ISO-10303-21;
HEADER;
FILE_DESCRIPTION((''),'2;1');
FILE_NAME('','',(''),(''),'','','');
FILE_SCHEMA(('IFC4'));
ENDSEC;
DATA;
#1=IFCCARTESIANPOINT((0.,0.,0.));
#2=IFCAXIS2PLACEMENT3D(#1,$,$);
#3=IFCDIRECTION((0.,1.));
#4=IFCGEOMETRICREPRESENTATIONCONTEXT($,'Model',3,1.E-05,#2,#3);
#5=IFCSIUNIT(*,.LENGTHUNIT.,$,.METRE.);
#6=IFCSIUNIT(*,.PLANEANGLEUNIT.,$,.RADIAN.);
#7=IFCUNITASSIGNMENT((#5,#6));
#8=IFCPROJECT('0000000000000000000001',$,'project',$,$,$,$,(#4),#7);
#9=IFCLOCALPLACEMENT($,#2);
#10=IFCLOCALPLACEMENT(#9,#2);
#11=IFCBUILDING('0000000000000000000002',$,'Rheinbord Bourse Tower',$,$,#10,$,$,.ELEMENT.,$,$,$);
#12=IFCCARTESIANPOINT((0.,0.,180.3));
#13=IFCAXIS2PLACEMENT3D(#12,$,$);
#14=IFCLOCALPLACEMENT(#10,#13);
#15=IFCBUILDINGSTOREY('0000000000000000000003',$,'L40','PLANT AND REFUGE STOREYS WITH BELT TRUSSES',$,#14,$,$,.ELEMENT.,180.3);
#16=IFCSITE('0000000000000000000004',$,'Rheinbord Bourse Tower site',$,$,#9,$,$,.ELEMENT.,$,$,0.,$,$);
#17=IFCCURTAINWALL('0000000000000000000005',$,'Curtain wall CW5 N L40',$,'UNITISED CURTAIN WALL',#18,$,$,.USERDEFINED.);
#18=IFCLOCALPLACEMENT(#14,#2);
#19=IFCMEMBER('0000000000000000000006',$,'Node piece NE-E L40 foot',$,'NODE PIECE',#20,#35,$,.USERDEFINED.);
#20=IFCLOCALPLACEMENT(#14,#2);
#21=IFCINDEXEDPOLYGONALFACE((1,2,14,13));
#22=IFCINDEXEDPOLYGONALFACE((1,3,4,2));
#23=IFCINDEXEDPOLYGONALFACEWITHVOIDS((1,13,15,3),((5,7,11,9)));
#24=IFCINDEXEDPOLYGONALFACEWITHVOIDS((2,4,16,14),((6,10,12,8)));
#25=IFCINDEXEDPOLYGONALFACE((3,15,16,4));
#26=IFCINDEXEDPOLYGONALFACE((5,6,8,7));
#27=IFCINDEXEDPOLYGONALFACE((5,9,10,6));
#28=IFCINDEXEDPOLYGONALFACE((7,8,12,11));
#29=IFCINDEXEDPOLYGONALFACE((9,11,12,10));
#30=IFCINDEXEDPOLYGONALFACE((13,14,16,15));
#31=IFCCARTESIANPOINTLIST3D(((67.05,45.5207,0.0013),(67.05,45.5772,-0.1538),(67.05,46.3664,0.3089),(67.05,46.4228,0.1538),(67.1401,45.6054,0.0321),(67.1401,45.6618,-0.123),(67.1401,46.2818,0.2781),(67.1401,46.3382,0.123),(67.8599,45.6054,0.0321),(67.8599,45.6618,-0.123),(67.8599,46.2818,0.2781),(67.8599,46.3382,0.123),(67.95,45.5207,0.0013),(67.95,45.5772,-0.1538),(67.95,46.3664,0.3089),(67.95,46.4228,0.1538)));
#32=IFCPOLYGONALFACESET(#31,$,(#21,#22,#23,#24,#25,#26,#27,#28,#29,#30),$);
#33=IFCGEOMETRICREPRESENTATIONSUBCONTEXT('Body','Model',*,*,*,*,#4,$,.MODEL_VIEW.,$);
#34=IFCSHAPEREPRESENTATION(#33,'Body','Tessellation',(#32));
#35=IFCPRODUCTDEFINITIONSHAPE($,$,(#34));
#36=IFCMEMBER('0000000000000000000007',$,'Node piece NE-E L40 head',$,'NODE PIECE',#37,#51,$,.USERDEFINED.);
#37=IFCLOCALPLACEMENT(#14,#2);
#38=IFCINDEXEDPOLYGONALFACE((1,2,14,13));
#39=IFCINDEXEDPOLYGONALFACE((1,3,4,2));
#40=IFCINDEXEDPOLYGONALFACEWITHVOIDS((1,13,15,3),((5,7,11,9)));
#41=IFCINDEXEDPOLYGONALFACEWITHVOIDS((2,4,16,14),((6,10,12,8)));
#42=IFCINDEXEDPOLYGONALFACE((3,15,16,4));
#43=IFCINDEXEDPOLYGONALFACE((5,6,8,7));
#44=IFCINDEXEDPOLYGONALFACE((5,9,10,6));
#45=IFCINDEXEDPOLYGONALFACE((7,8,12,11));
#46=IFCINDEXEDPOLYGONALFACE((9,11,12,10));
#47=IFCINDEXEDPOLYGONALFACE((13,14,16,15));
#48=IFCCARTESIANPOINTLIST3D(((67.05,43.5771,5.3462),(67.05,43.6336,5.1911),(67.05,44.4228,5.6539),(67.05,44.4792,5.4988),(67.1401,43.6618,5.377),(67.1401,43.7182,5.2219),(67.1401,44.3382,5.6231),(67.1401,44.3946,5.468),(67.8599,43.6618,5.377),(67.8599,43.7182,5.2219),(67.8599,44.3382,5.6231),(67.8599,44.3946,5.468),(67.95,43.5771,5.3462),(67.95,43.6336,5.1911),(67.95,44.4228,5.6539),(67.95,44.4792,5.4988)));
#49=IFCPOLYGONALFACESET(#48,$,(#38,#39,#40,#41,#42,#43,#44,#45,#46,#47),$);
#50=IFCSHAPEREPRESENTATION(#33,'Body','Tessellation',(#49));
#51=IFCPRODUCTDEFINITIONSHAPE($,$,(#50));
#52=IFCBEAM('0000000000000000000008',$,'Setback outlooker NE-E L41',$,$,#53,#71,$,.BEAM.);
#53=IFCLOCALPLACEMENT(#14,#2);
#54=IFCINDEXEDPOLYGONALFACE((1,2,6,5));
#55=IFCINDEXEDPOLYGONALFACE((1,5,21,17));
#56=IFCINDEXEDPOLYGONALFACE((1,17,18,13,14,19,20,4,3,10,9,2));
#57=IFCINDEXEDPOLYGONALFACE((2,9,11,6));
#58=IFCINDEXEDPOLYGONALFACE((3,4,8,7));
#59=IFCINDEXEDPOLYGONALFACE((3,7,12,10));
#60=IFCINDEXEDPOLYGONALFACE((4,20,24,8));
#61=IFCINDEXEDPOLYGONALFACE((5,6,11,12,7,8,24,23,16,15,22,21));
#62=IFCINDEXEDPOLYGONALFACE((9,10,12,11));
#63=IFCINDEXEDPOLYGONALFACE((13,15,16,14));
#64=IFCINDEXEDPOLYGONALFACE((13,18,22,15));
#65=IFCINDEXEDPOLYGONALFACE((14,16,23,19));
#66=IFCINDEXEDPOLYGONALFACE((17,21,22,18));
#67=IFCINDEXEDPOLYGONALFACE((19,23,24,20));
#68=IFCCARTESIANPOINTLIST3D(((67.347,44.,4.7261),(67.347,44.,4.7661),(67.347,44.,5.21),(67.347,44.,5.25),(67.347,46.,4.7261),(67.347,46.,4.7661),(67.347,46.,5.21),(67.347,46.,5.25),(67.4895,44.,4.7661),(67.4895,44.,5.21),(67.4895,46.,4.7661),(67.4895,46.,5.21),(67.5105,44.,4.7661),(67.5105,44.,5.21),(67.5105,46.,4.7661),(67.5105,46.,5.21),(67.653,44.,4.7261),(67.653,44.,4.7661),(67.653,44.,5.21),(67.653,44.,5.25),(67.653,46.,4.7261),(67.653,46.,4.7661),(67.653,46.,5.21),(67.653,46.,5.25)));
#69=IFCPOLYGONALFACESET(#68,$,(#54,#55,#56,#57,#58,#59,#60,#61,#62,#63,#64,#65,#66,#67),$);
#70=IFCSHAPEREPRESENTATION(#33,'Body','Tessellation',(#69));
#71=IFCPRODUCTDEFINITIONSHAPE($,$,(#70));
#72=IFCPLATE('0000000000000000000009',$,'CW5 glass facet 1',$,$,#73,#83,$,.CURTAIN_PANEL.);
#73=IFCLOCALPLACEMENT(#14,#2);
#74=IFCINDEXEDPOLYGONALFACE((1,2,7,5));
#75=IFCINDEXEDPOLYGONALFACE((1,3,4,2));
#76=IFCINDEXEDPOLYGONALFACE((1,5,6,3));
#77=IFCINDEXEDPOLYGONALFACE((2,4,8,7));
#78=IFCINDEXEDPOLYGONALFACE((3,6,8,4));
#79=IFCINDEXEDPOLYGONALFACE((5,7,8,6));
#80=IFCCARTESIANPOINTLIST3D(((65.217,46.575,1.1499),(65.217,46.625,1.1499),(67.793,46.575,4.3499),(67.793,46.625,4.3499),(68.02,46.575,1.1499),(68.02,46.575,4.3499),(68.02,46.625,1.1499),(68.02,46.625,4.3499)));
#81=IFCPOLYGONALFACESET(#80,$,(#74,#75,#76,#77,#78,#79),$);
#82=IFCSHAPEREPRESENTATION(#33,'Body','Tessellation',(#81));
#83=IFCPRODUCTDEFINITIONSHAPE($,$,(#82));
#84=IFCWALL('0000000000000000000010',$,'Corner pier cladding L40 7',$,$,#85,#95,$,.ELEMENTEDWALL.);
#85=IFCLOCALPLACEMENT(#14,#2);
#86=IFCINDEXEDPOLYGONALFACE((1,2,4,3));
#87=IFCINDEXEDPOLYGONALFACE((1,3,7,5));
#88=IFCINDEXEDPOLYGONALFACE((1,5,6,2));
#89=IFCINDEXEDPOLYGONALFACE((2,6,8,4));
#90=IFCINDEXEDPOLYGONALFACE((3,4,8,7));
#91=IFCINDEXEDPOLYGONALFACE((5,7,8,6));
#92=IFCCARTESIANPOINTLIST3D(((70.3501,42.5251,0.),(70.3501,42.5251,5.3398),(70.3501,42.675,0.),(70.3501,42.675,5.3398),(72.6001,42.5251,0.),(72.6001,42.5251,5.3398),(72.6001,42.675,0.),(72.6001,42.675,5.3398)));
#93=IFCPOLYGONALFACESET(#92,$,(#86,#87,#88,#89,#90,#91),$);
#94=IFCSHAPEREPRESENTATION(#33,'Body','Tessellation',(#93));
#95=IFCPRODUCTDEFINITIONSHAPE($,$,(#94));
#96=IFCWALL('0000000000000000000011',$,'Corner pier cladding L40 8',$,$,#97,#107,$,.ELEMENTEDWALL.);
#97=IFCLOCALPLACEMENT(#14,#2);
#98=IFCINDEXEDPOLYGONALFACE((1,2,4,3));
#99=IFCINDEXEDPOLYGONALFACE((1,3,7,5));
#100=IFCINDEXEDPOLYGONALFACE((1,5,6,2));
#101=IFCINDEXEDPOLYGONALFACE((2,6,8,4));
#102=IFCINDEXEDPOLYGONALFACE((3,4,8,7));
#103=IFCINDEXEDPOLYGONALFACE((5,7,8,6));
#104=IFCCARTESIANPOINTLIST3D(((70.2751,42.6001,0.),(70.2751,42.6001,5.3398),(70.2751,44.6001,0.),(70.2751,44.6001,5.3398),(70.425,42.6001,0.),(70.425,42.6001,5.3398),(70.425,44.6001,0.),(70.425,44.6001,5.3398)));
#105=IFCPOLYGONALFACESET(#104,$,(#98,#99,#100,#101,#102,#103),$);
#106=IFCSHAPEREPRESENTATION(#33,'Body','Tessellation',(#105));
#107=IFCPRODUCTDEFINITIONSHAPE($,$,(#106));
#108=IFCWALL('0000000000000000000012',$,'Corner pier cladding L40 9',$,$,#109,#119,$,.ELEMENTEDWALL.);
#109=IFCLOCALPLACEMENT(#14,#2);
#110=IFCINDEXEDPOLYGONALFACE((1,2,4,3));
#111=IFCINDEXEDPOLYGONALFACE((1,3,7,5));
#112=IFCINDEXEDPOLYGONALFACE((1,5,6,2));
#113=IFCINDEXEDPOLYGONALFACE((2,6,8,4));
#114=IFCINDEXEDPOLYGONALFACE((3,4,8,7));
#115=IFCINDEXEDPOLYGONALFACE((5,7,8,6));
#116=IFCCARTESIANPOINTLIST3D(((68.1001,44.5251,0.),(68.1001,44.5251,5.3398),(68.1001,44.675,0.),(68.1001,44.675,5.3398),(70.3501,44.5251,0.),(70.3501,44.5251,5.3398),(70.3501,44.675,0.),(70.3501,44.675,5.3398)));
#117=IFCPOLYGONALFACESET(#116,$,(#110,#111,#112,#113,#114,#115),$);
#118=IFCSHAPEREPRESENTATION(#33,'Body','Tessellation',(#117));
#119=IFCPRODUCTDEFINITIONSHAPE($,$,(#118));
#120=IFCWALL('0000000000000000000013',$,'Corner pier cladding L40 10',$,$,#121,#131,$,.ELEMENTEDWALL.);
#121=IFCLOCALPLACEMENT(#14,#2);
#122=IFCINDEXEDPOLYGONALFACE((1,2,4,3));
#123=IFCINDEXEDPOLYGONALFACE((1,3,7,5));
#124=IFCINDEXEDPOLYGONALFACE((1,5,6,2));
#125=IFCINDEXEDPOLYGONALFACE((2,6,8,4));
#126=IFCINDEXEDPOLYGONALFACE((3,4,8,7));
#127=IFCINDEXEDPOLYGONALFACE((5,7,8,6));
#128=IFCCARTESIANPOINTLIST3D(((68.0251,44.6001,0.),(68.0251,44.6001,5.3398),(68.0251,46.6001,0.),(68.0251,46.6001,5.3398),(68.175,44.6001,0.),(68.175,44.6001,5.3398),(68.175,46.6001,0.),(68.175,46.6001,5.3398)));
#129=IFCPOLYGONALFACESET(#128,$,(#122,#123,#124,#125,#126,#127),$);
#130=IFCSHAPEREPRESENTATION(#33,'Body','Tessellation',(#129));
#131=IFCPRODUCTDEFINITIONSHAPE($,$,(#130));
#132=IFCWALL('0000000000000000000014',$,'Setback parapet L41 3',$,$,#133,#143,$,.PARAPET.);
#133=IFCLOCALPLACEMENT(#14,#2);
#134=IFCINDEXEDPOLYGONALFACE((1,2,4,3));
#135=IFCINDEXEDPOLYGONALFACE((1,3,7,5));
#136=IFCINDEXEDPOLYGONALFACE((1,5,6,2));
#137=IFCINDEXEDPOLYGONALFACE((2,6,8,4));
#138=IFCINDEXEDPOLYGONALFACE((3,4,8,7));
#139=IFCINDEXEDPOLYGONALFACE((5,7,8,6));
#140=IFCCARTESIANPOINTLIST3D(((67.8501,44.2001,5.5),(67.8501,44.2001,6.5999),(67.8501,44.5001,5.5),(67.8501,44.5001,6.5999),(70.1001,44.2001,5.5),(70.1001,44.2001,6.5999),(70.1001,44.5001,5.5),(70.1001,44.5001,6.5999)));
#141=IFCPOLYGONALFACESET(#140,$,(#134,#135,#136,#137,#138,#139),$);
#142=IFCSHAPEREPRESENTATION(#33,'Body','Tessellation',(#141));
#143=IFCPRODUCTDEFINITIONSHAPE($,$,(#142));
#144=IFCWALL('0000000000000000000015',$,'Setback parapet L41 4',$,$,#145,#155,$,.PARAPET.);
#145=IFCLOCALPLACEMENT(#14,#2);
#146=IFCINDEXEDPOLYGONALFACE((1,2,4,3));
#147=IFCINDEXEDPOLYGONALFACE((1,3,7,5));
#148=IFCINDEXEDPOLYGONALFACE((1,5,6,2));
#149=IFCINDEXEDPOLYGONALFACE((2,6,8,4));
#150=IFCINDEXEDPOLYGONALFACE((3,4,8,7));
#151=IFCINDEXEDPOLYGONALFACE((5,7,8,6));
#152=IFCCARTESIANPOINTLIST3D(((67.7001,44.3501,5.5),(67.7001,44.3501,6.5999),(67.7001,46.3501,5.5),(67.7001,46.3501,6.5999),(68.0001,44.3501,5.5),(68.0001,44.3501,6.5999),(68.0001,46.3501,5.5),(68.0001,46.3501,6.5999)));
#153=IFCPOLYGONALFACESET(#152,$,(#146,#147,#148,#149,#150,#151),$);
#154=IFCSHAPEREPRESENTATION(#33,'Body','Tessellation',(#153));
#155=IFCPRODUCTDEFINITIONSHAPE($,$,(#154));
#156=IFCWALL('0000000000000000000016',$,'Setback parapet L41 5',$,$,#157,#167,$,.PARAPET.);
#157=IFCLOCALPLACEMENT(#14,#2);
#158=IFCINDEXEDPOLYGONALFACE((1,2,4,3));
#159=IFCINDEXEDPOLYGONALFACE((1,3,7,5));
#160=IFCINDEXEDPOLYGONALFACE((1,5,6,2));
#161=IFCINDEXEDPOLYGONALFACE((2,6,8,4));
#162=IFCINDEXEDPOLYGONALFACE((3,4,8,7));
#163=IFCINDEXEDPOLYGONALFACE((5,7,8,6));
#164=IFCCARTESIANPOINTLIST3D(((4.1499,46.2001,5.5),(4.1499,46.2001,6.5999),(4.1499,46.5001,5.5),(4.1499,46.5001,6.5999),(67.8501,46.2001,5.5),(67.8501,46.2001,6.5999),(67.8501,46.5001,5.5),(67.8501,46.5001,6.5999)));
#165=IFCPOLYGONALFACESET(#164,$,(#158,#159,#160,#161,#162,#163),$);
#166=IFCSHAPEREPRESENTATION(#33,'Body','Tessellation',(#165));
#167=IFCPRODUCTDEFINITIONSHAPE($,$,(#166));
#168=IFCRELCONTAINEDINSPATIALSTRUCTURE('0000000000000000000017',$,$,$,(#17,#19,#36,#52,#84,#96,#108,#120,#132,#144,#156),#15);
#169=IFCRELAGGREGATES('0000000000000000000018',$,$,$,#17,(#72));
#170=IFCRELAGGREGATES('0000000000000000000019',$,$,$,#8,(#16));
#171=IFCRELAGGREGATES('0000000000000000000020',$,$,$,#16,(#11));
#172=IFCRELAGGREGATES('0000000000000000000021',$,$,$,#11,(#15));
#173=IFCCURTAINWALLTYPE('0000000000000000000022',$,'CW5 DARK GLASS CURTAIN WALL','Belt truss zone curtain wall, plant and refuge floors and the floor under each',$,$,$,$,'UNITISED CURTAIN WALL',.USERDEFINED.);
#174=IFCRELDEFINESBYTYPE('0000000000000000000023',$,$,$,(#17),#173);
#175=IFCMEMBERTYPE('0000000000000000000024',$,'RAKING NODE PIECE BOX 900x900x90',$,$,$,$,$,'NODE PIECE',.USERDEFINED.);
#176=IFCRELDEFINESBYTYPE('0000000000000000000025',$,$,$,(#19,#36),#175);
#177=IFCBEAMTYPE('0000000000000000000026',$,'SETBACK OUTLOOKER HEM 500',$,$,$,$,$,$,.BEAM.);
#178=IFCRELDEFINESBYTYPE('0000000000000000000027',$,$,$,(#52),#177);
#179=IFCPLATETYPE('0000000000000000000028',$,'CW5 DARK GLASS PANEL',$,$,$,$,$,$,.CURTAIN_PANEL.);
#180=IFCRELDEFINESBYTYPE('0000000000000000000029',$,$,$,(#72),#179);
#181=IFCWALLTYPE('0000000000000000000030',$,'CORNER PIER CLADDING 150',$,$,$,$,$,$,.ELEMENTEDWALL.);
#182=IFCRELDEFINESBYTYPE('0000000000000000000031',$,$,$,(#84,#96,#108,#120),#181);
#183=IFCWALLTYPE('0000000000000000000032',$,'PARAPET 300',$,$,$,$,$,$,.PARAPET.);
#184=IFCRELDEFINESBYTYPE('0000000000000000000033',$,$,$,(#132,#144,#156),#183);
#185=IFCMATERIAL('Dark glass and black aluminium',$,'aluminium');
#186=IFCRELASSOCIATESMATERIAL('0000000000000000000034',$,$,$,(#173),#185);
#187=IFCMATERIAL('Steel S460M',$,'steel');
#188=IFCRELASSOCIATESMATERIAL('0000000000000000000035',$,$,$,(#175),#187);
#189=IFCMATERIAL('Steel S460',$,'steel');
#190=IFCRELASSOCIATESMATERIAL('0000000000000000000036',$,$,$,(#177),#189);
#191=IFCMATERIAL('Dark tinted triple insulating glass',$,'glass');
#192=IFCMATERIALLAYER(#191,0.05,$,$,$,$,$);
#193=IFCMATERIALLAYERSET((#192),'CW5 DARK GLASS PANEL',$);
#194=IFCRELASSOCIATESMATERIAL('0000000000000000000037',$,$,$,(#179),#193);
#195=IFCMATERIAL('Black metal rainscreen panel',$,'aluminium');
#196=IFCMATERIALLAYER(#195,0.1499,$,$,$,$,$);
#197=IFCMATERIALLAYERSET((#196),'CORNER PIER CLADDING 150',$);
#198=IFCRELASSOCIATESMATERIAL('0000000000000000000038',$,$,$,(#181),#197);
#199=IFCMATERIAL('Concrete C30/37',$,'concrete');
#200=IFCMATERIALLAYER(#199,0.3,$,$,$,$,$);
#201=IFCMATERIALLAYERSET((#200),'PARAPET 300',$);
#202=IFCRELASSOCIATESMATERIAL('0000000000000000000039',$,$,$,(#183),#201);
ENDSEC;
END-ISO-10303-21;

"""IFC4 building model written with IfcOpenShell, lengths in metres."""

from ifc_helpers import new_model, si_unit, direction, frame, frame_2d, origin, origin_2d, place, context, subcontext, project, spatial, polyline, rectangle, hollow_rectangle, i_section, outline, extrude, material, layer, layer_set, material_profile, profile_set, type_object, element, aggregate, save


model = new_model("IFC4")

# Units and contexts
model_context = context("Model", 3, precision=1e-05, world=origin(), true_north=direction((0.0, 1.0)))
body_context = subcontext(model_context, "Body", "Model", "MODEL_VIEW")
ifc_project = project(units=[si_unit("LENGTHUNIT", "METRE"), si_unit("PLANEANGLEUNIT", "RADIAN")], contexts=[model_context])

# Site, building, storey
site_placement = place(None, origin())
site = spatial("IfcSite", under=ifc_project, at=site_placement, Name="Rheinbord Bourse Tower site", CompositionType="ELEMENT", RefElevation=0.0)
building_placement = place(site_placement, origin())
building = spatial("IfcBuilding", under=site, at=building_placement, Name="Rheinbord Bourse Tower", CompositionType="ELEMENT")
storey_placement = place(building_placement, frame((0.0, 0.0, 180.3)))
storey = spatial("IfcBuildingStorey", under=building, at=storey_placement, Name="L40", Description="PLANT AND REFUGE STOREYS WITH BELT TRUSSES", CompositionType="ELEMENT", Elevation=180.3)

# Shared definitions
ifc_material_1 = material(Name="Dark glass and black aluminium", Category="aluminium")
curtain_wall_type = type_object("IfcCurtainWallType", Name="CW5 DARK GLASS CURTAIN WALL", Description="Belt truss zone curtain wall, plant and refuge floors and the floor under each", ElementType="UNITISED CURTAIN WALL", PredefinedType="USERDEFINED", material=ifc_material_1)

# Curtain wall
curtain_wall_1_placement = place(storey_placement, origin())
curtain_wall_1 = element("IfcCurtainWall", 1, at=curtain_wall_1_placement, inside=storey, type_object=curtain_wall_type, Name="Curtain wall CW5 N L40", ObjectType="UNITISED CURTAIN WALL", PredefinedType="USERDEFINED")

# Members
ifc_material_2 = material(Name="Steel S460M", Category="steel")
ifc_material_profile_1 = material_profile(ifc_material_2, hollow_rectangle(XDim=0.8999, YDim=0.8999, WallThickness=0.0901, at=origin_2d()), Name="BOX 900x900x90")
ifc_profile_set_1 = profile_set([ifc_material_profile_1], Name="Steel S460M")
member_type_1 = type_object("IfcMemberType", Name="RAKING NODE PIECE BOX 900x900x90", ElementType="NODE PIECE", PredefinedType="USERDEFINED", material=ifc_profile_set_1)
for number, where, z_axis, x_axis, name in (
    (2, (67.5, 46.0, 0.0), (0.0, -0.341862, 0.93975), (0.0, 0.93975, 0.341862), "Node piece NE-E L40 foot"),
    (3, (67.5, 44.0564, 5.345), (0.0, -0.341862, 0.93975), (0.0, 0.93975, 0.341862), "Node piece NE-E L40 head"),
):
    element("IfcMember", number, at=place(storey_placement, frame(where, z_axis=z_axis, x_axis=x_axis)), inside=storey, type_object=member_type_1, Name=name, ObjectType="NODE PIECE", PredefinedType="USERDEFINED", context=body_context, shape_type="SweptSolid", body=[
        extrude(hollow_rectangle(XDim=0.8999, YDim=0.8999, WallThickness=0.0901, at=origin_2d()), origin(), (0.0, 0.0, 1.0), 0.165),
    ])

# Beam
ifc_material_3 = material(Name="Steel S460", Category="steel")
ifc_material_profile_2 = material_profile(ifc_material_3, i_section(OverallWidth=0.3059, OverallDepth=0.5239, WebThickness=0.021, FlangeThickness=0.04, at=origin_2d()), Name="HEM 500")
ifc_profile_set_2 = profile_set([ifc_material_profile_2], Name="Steel S460")
beam_type_1 = type_object("IfcBeamType", Name="SETBACK OUTLOOKER HEM 500", PredefinedType="BEAM", material=ifc_profile_set_2)
beam_1_placement = place(storey_placement, frame((67.5, 44.0, 4.988), z_axis=(0.0, 1.0, 0.0), x_axis=(-1.0, 0.0, 0.0)))
element("IfcBeam", 4, at=beam_1_placement, inside=storey, type_object=beam_type_1, Name="Setback outlooker NE-E L41", PredefinedType="BEAM", context=body_context, shape_type="SweptSolid", body=[
    extrude(i_section(OverallWidth=0.3059, OverallDepth=0.5239, WebThickness=0.021, FlangeThickness=0.04, at=origin_2d()), origin(), (0.0, 0.0, 1.0), 2.0),
])

# Plate
ifc_material_4 = material(Name="Dark tinted triple insulating glass", Category="glass")
ifc_layer_1 = layer(ifc_material_4, 0.05)
ifc_layer_set_1 = layer_set([ifc_layer_1], Name="CW5 DARK GLASS PANEL")
plate_type = type_object("IfcPlateType", Name="CW5 DARK GLASS PANEL", PredefinedType="CURTAIN_PANEL", material=ifc_layer_set_1)
plate_placement = place(storey_placement, frame((68.02, 46.625, 1.1499), z_axis=(0.0, -1.0, 0.0), x_axis=(0.0, 0.0, 1.0)))
plate = element("IfcPlate", 5, at=plate_placement, type_object=plate_type, Name="CW5 glass facet 1", PredefinedType="CURTAIN_PANEL", context=body_context, shape_type="SweptSolid", body=[
    extrude(outline(polyline([(0.0, 0.0), (3.2, 0.0), (3.2, 0.2271), (0.0, 2.803), (0.0, 0.0)])), origin(), (0.0, 0.0, 1.0), 0.05),
])
aggregate(curtain_wall_1, [plate])

# Walls
ifc_material_5 = material(Name="Black metal rainscreen panel", Category="aluminium")
ifc_layer_2 = layer(ifc_material_5, 0.1499)
ifc_layer_set_2 = layer_set([ifc_layer_2], Name="CORNER PIER CLADDING 150")
wall_type_1 = type_object("IfcWallType", Name="CORNER PIER CLADDING 150", PredefinedType="ELEMENTEDWALL", material=ifc_layer_set_2)
wall_1_placement = place(storey_placement, frame((72.6001, 42.6001, 0.0), z_axis=(0.0, 0.0, 1.0), x_axis=(-1.0, 0.0, 0.0)))
element("IfcWall", 6, at=wall_1_placement, inside=storey, type_object=wall_type_1, Name="Corner pier cladding L40 7", PredefinedType="ELEMENTEDWALL", context=body_context, shape_type="SweptSolid", body=[
    extrude(rectangle(XDim=2.25, YDim=0.1499, at=frame_2d((1.125, 0.0))), origin(), (0.0, 0.0, 1.0), 5.3398),
])
wall_2_placement = place(storey_placement, frame((70.3501, 42.6001, 0.0), z_axis=(0.0, 0.0, 1.0), x_axis=(0.0, 1.0, 0.0)))
element("IfcWall", 7, at=wall_2_placement, inside=storey, type_object=wall_type_1, Name="Corner pier cladding L40 8", PredefinedType="ELEMENTEDWALL", context=body_context, shape_type="SweptSolid", body=[
    extrude(rectangle(XDim=2.0, YDim=0.1499, at=frame_2d((1.0, 0.0))), origin(), (0.0, 0.0, 1.0), 5.3398),
])
wall_3_placement = place(storey_placement, frame((70.3501, 44.6001, 0.0), z_axis=(0.0, 0.0, 1.0), x_axis=(-1.0, 0.0, 0.0)))
element("IfcWall", 8, at=wall_3_placement, inside=storey, type_object=wall_type_1, Name="Corner pier cladding L40 9", PredefinedType="ELEMENTEDWALL", context=body_context, shape_type="SweptSolid", body=[
    extrude(rectangle(XDim=2.25, YDim=0.1499, at=frame_2d((1.125, 0.0))), origin(), (0.0, 0.0, 1.0), 5.3398),
])
wall_4_placement = place(storey_placement, frame((68.1001, 44.6001, 0.0), z_axis=(0.0, 0.0, 1.0), x_axis=(0.0, 1.0, 0.0)))
element("IfcWall", 9, at=wall_4_placement, inside=storey, type_object=wall_type_1, Name="Corner pier cladding L40 10", PredefinedType="ELEMENTEDWALL", context=body_context, shape_type="SweptSolid", body=[
    extrude(rectangle(XDim=2.0, YDim=0.1499, at=frame_2d((1.0, 0.0))), origin(), (0.0, 0.0, 1.0), 5.3398),
])
ifc_material_6 = material(Name="Concrete C30/37", Category="concrete")
ifc_layer_3 = layer(ifc_material_6, 0.3)
ifc_layer_set_3 = layer_set([ifc_layer_3], Name="PARAPET 300")
wall_type_2 = type_object("IfcWallType", Name="PARAPET 300", PredefinedType="PARAPET", material=ifc_layer_set_3)
wall_5_placement = place(storey_placement, frame((70.1001, 44.3501, 5.5), z_axis=(0.0, 0.0, 1.0), x_axis=(-1.0, 0.0, 0.0)))
element("IfcWall", 10, at=wall_5_placement, inside=storey, type_object=wall_type_2, Name="Setback parapet L41 3", PredefinedType="PARAPET", context=body_context, shape_type="SweptSolid", body=[
    extrude(rectangle(XDim=2.25, YDim=0.3, at=frame_2d((1.125, 0.0))), origin(), (0.0, 0.0, 1.0), 1.0999),
])
wall_6_placement = place(storey_placement, frame((67.8501, 44.3501, 5.5), z_axis=(0.0, 0.0, 1.0), x_axis=(0.0, 1.0, 0.0)))
element("IfcWall", 11, at=wall_6_placement, inside=storey, type_object=wall_type_2, Name="Setback parapet L41 4", PredefinedType="PARAPET", context=body_context, shape_type="SweptSolid", body=[
    extrude(rectangle(XDim=2.0, YDim=0.3, at=frame_2d((1.0, 0.0))), origin(), (0.0, 0.0, 1.0), 1.0999),
])
wall_7_placement = place(storey_placement, frame((67.8501, 46.3501, 5.5), z_axis=(0.0, 0.0, 1.0), x_axis=(-1.0, 0.0, 0.0)))
element("IfcWall", 12, at=wall_7_placement, inside=storey, type_object=wall_type_2, Name="Setback parapet L41 5", PredefinedType="PARAPET", context=body_context, shape_type="SweptSolid", body=[
    extrude(rectangle(XDim=63.7002, YDim=0.3, at=frame_2d((31.8501, 0.0))), origin(), (0.0, 0.0, 1.0), 1.0999),
])

save(model, "model.ifc")
